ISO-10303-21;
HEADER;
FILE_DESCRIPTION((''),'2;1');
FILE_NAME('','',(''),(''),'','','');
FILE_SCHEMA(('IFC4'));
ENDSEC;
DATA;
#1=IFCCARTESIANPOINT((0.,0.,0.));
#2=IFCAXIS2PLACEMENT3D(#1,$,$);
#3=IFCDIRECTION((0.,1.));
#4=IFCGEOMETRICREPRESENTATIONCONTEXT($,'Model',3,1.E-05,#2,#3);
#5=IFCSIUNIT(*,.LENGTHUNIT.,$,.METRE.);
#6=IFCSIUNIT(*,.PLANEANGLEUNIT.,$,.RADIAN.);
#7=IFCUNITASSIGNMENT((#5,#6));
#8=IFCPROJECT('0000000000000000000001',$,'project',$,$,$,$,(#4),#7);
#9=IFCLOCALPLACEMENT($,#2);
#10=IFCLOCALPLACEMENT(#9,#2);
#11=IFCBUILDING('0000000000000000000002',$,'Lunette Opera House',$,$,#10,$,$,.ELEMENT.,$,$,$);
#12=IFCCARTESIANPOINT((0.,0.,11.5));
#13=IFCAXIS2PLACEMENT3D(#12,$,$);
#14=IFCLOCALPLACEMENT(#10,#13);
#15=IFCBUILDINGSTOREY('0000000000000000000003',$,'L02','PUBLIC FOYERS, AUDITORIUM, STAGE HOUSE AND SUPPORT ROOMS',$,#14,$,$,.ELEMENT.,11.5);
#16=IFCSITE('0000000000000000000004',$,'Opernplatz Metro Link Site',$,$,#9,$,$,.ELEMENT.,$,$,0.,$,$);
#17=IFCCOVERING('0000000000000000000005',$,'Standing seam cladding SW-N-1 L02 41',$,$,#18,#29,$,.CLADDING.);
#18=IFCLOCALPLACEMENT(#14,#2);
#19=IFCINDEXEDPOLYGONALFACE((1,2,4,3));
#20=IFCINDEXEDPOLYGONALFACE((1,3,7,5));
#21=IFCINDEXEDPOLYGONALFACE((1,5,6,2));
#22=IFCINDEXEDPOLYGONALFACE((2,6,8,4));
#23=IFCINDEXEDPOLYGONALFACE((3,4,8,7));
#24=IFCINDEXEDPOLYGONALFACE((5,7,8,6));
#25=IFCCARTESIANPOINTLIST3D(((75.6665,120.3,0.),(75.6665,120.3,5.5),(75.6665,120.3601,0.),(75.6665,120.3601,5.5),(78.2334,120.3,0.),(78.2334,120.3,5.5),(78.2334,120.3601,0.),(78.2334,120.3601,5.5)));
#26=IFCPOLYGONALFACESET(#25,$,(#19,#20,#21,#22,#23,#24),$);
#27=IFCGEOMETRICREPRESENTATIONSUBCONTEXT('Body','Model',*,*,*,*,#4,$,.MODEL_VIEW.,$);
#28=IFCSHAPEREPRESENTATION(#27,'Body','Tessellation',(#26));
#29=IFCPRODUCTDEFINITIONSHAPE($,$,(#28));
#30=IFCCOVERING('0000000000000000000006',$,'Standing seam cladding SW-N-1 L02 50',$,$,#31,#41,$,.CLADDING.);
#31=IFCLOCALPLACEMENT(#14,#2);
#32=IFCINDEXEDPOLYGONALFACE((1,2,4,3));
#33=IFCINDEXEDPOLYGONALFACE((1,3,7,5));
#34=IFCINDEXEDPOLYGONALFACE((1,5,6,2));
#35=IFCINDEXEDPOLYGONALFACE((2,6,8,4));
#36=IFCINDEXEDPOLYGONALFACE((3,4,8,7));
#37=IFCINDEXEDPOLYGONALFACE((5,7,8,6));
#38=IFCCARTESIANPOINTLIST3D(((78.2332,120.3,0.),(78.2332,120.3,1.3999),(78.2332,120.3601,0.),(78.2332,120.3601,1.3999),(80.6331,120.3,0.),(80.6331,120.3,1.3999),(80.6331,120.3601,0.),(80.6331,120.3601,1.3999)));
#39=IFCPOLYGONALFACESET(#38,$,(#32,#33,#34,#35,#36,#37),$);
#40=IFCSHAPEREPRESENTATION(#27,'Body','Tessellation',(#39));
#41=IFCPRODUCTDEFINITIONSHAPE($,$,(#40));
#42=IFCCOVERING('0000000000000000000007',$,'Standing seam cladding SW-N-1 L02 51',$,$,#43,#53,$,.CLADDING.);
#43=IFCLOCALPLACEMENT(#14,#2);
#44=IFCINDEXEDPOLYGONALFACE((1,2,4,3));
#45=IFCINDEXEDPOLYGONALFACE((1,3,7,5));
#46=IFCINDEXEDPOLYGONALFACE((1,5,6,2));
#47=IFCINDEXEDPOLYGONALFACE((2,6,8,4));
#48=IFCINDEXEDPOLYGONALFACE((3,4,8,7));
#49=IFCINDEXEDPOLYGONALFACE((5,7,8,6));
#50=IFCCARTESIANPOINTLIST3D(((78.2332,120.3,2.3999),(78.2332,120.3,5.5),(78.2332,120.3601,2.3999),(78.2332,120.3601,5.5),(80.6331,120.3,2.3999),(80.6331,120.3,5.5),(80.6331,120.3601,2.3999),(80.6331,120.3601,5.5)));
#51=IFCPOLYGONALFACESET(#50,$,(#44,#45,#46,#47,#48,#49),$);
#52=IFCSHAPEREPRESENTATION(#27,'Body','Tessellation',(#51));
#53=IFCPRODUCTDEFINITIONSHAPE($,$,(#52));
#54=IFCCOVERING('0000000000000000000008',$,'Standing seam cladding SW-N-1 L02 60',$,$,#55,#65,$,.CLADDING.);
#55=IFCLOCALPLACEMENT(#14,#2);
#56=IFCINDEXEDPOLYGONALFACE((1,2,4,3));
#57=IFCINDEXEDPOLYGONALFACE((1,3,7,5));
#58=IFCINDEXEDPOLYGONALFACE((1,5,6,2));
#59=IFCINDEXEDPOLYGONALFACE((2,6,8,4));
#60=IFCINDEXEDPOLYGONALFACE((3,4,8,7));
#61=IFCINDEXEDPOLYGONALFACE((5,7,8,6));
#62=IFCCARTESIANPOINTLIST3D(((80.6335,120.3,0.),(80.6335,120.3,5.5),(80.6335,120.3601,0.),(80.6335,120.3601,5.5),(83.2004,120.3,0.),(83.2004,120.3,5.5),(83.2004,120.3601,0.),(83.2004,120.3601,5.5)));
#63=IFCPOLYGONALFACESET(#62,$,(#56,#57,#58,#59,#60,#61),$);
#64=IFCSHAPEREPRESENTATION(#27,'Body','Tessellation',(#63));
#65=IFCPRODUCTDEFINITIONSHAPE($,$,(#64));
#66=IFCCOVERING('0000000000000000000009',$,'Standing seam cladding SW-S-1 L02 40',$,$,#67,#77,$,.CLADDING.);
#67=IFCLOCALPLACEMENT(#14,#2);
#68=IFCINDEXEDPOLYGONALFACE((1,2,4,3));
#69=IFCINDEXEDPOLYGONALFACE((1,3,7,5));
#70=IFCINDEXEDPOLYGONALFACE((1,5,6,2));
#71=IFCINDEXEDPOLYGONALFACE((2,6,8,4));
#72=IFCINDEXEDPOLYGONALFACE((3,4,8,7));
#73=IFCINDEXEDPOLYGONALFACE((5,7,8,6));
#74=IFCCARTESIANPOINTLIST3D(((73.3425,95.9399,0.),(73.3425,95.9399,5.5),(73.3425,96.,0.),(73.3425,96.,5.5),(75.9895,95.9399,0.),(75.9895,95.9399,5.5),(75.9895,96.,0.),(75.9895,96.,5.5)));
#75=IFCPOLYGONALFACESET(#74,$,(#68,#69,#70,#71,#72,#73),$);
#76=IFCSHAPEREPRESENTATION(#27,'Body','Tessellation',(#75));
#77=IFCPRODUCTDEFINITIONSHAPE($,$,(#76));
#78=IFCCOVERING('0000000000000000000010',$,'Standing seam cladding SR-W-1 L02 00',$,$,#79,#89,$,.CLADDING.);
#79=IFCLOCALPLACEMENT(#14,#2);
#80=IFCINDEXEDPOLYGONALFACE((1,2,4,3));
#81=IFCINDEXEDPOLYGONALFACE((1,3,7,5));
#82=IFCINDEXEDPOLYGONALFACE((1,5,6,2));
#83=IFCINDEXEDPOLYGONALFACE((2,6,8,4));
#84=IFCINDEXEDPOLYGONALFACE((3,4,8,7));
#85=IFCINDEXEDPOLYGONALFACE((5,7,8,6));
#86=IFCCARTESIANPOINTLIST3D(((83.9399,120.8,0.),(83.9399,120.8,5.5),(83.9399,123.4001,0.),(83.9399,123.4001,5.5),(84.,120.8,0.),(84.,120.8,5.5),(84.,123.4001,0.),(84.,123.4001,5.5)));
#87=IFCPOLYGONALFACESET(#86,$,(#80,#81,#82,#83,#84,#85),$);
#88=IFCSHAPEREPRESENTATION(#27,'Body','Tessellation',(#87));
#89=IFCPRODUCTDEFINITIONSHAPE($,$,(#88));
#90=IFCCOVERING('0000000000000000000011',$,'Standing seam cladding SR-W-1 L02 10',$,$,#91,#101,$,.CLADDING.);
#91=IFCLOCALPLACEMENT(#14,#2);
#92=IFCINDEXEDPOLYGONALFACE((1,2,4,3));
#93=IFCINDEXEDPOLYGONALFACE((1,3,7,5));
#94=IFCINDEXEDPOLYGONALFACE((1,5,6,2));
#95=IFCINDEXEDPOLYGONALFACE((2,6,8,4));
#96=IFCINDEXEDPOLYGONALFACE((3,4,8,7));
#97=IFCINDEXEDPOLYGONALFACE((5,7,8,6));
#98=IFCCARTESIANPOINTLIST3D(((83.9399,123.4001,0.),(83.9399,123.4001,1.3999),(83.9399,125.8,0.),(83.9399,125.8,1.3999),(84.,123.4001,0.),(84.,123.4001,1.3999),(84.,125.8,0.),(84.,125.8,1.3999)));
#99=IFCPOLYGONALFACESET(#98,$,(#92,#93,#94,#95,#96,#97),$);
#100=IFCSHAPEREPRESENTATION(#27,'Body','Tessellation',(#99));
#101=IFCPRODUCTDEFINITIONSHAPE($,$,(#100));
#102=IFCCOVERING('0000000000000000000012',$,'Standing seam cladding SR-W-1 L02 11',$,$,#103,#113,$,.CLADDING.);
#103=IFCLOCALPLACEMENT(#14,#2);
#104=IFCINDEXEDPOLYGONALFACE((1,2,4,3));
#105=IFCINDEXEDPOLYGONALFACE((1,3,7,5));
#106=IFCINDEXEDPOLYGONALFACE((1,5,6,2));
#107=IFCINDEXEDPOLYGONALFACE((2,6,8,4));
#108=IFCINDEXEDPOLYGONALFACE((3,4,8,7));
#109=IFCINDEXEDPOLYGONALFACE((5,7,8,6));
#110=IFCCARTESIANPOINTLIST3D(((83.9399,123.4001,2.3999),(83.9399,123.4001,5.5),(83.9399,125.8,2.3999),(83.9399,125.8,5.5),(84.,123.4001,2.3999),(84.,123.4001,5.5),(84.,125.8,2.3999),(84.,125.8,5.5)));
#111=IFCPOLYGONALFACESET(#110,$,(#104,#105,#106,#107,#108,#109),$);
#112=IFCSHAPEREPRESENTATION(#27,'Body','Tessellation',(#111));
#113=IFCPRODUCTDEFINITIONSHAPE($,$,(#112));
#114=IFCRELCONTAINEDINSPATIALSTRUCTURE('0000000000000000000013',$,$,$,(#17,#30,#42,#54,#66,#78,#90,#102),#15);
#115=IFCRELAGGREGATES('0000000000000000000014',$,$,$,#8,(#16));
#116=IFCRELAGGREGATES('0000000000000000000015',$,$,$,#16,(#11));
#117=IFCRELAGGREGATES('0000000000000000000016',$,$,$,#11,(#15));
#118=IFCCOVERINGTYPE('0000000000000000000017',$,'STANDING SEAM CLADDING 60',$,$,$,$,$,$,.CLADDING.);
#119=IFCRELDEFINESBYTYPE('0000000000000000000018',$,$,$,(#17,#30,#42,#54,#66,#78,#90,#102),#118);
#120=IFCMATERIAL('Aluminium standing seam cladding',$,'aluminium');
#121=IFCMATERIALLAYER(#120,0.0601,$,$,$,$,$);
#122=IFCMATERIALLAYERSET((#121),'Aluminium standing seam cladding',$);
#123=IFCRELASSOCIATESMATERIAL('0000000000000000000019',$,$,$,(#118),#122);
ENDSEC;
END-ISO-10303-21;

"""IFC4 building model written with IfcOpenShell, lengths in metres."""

from ifc_helpers import new_model, si_unit, direction, frame, origin, origin_2d, place, context, subcontext, project, spatial, rectangle, extrude, material, layer, layer_set, type_object, element, save


model = new_model("IFC4")

# Units and contexts
model_context = context("Model", 3, precision=1e-05, world=origin(), true_north=direction((0.0, 1.0)))
body_context = subcontext(model_context, "Body", "Model", "MODEL_VIEW")
ifc_project = project(units=[si_unit("LENGTHUNIT", "METRE"), si_unit("PLANEANGLEUNIT", "RADIAN")], contexts=[model_context])

# Site, building, storey
site_placement = place(None, origin())
site = spatial("IfcSite", under=ifc_project, at=site_placement, Name="Opernplatz Metro Link Site", CompositionType="ELEMENT", RefElevation=0.0)
building_placement = place(site_placement, origin())
building = spatial("IfcBuilding", under=site, at=building_placement, Name="Lunette Opera House", CompositionType="ELEMENT")
storey_placement = place(building_placement, frame((0.0, 0.0, 11.5)))
storey = spatial("IfcBuildingStorey", under=building, at=storey_placement, Name="L02", Description="PUBLIC FOYERS, AUDITORIUM, STAGE HOUSE AND SUPPORT ROOMS", CompositionType="ELEMENT", Elevation=11.5)

# Coverings
ifc_material_1 = material(Name="Aluminium standing seam cladding", Category="aluminium")
ifc_layer_1 = layer(ifc_material_1, 0.0601)
ifc_layer_set_1 = layer_set([ifc_layer_1], Name="Aluminium standing seam cladding")
covering_type = type_object("IfcCoveringType", Name="STANDING SEAM CLADDING 60", PredefinedType="CLADDING", material=ifc_layer_set_1)
for number, where, z_axis, x_axis, name in (
    (1, (76.95, 120.3301, 0.0), (0.0, 0.0, 1.0), (1.0, 0.0, 0.0), "Standing seam cladding SW-N-1 L02 41"),
):
    element("IfcCovering", number, at=place(storey_placement, frame(where, z_axis=z_axis, x_axis=x_axis)), inside=storey, type_object=covering_type, Name=name, PredefinedType="CLADDING", context=body_context, shape_type="SweptSolid", body=[
        extrude(rectangle(XDim=2.5669, YDim=0.0601, at=origin_2d()), origin(), (0.0, 0.0, 1.0), 5.5),
    ])
covering_1_placement = place(storey_placement, frame((79.4331, 120.3301, 0.0), z_axis=(0.0, 0.0, 1.0), x_axis=(1.0, 0.0, 0.0)))
element("IfcCovering", 2, at=covering_1_placement, inside=storey, type_object=covering_type, Name="Standing seam cladding SW-N-1 L02 50", PredefinedType="CLADDING", context=body_context, shape_type="SweptSolid", body=[
    extrude(rectangle(XDim=2.3999, YDim=0.0601, at=origin_2d()), origin(), (0.0, 0.0, 1.0), 1.3999),
])
covering_2_placement = place(storey_placement, frame((79.4331, 120.3301, 2.3999), z_axis=(0.0, 0.0, 1.0), x_axis=(1.0, 0.0, 0.0)))
element("IfcCovering", 3, at=covering_2_placement, inside=storey, type_object=covering_type, Name="Standing seam cladding SW-N-1 L02 51", PredefinedType="CLADDING", context=body_context, shape_type="SweptSolid", body=[
    extrude(rectangle(XDim=2.3999, YDim=0.0601, at=origin_2d()), origin(), (0.0, 0.0, 1.0), 3.1001),
])
covering_3_placement = place(storey_placement, frame((81.917, 120.3301, 0.0), z_axis=(0.0, 0.0, 1.0), x_axis=(1.0, 0.0, 0.0)))
element("IfcCovering", 4, at=covering_3_placement, inside=storey, type_object=covering_type, Name="Standing seam cladding SW-N-1 L02 60", PredefinedType="CLADDING", context=body_context, shape_type="SweptSolid", body=[
    extrude(rectangle(XDim=2.5669, YDim=0.0601, at=origin_2d()), origin(), (0.0, 0.0, 1.0), 5.5),
])
covering_4_placement = place(storey_placement, frame((74.666, 95.97, 0.0), z_axis=(0.0, 0.0, 1.0), x_axis=(1.0, 0.0, 0.0)))
element("IfcCovering", 5, at=covering_4_placement, inside=storey, type_object=covering_type, Name="Standing seam cladding SW-S-1 L02 40", PredefinedType="CLADDING", context=body_context, shape_type="SweptSolid", body=[
    extrude(rectangle(XDim=2.647, YDim=0.0601, at=origin_2d()), origin(), (0.0, 0.0, 1.0), 5.5),
])
covering_5_placement = place(storey_placement, frame((83.97, 122.1001, 0.0), z_axis=(0.0, 0.0, 1.0), x_axis=(0.0, 1.0, 0.0)))
element("IfcCovering", 6, at=covering_5_placement, inside=storey, type_object=covering_type, Name="Standing seam cladding SR-W-1 L02 00", PredefinedType="CLADDING", context=body_context, shape_type="SweptSolid", body=[
    extrude(rectangle(XDim=2.6001, YDim=0.0601, at=origin_2d()), origin(), (0.0, 0.0, 1.0), 5.5),
])
covering_6_placement = place(storey_placement, frame((83.97, 124.6001, 0.0), z_axis=(0.0, 0.0, 1.0), x_axis=(0.0, 1.0, 0.0)))
element("IfcCovering", 7, at=covering_6_placement, inside=storey, type_object=covering_type, Name="Standing seam cladding SR-W-1 L02 10", PredefinedType="CLADDING", context=body_context, shape_type="SweptSolid", body=[
    extrude(rectangle(XDim=2.3999, YDim=0.0601, at=origin_2d()), origin(), (0.0, 0.0, 1.0), 1.3999),
])
covering_7_placement = place(storey_placement, frame((83.97, 124.6001, 2.3999), z_axis=(0.0, 0.0, 1.0), x_axis=(0.0, 1.0, 0.0)))
element("IfcCovering", 8, at=covering_7_placement, inside=storey, type_object=covering_type, Name="Standing seam cladding SR-W-1 L02 11", PredefinedType="CLADDING", context=body_context, shape_type="SweptSolid", body=[
    extrude(rectangle(XDim=2.3999, YDim=0.0601, at=origin_2d()), origin(), (0.0, 0.0, 1.0), 3.1001),
])

save(model, "model.ifc")
